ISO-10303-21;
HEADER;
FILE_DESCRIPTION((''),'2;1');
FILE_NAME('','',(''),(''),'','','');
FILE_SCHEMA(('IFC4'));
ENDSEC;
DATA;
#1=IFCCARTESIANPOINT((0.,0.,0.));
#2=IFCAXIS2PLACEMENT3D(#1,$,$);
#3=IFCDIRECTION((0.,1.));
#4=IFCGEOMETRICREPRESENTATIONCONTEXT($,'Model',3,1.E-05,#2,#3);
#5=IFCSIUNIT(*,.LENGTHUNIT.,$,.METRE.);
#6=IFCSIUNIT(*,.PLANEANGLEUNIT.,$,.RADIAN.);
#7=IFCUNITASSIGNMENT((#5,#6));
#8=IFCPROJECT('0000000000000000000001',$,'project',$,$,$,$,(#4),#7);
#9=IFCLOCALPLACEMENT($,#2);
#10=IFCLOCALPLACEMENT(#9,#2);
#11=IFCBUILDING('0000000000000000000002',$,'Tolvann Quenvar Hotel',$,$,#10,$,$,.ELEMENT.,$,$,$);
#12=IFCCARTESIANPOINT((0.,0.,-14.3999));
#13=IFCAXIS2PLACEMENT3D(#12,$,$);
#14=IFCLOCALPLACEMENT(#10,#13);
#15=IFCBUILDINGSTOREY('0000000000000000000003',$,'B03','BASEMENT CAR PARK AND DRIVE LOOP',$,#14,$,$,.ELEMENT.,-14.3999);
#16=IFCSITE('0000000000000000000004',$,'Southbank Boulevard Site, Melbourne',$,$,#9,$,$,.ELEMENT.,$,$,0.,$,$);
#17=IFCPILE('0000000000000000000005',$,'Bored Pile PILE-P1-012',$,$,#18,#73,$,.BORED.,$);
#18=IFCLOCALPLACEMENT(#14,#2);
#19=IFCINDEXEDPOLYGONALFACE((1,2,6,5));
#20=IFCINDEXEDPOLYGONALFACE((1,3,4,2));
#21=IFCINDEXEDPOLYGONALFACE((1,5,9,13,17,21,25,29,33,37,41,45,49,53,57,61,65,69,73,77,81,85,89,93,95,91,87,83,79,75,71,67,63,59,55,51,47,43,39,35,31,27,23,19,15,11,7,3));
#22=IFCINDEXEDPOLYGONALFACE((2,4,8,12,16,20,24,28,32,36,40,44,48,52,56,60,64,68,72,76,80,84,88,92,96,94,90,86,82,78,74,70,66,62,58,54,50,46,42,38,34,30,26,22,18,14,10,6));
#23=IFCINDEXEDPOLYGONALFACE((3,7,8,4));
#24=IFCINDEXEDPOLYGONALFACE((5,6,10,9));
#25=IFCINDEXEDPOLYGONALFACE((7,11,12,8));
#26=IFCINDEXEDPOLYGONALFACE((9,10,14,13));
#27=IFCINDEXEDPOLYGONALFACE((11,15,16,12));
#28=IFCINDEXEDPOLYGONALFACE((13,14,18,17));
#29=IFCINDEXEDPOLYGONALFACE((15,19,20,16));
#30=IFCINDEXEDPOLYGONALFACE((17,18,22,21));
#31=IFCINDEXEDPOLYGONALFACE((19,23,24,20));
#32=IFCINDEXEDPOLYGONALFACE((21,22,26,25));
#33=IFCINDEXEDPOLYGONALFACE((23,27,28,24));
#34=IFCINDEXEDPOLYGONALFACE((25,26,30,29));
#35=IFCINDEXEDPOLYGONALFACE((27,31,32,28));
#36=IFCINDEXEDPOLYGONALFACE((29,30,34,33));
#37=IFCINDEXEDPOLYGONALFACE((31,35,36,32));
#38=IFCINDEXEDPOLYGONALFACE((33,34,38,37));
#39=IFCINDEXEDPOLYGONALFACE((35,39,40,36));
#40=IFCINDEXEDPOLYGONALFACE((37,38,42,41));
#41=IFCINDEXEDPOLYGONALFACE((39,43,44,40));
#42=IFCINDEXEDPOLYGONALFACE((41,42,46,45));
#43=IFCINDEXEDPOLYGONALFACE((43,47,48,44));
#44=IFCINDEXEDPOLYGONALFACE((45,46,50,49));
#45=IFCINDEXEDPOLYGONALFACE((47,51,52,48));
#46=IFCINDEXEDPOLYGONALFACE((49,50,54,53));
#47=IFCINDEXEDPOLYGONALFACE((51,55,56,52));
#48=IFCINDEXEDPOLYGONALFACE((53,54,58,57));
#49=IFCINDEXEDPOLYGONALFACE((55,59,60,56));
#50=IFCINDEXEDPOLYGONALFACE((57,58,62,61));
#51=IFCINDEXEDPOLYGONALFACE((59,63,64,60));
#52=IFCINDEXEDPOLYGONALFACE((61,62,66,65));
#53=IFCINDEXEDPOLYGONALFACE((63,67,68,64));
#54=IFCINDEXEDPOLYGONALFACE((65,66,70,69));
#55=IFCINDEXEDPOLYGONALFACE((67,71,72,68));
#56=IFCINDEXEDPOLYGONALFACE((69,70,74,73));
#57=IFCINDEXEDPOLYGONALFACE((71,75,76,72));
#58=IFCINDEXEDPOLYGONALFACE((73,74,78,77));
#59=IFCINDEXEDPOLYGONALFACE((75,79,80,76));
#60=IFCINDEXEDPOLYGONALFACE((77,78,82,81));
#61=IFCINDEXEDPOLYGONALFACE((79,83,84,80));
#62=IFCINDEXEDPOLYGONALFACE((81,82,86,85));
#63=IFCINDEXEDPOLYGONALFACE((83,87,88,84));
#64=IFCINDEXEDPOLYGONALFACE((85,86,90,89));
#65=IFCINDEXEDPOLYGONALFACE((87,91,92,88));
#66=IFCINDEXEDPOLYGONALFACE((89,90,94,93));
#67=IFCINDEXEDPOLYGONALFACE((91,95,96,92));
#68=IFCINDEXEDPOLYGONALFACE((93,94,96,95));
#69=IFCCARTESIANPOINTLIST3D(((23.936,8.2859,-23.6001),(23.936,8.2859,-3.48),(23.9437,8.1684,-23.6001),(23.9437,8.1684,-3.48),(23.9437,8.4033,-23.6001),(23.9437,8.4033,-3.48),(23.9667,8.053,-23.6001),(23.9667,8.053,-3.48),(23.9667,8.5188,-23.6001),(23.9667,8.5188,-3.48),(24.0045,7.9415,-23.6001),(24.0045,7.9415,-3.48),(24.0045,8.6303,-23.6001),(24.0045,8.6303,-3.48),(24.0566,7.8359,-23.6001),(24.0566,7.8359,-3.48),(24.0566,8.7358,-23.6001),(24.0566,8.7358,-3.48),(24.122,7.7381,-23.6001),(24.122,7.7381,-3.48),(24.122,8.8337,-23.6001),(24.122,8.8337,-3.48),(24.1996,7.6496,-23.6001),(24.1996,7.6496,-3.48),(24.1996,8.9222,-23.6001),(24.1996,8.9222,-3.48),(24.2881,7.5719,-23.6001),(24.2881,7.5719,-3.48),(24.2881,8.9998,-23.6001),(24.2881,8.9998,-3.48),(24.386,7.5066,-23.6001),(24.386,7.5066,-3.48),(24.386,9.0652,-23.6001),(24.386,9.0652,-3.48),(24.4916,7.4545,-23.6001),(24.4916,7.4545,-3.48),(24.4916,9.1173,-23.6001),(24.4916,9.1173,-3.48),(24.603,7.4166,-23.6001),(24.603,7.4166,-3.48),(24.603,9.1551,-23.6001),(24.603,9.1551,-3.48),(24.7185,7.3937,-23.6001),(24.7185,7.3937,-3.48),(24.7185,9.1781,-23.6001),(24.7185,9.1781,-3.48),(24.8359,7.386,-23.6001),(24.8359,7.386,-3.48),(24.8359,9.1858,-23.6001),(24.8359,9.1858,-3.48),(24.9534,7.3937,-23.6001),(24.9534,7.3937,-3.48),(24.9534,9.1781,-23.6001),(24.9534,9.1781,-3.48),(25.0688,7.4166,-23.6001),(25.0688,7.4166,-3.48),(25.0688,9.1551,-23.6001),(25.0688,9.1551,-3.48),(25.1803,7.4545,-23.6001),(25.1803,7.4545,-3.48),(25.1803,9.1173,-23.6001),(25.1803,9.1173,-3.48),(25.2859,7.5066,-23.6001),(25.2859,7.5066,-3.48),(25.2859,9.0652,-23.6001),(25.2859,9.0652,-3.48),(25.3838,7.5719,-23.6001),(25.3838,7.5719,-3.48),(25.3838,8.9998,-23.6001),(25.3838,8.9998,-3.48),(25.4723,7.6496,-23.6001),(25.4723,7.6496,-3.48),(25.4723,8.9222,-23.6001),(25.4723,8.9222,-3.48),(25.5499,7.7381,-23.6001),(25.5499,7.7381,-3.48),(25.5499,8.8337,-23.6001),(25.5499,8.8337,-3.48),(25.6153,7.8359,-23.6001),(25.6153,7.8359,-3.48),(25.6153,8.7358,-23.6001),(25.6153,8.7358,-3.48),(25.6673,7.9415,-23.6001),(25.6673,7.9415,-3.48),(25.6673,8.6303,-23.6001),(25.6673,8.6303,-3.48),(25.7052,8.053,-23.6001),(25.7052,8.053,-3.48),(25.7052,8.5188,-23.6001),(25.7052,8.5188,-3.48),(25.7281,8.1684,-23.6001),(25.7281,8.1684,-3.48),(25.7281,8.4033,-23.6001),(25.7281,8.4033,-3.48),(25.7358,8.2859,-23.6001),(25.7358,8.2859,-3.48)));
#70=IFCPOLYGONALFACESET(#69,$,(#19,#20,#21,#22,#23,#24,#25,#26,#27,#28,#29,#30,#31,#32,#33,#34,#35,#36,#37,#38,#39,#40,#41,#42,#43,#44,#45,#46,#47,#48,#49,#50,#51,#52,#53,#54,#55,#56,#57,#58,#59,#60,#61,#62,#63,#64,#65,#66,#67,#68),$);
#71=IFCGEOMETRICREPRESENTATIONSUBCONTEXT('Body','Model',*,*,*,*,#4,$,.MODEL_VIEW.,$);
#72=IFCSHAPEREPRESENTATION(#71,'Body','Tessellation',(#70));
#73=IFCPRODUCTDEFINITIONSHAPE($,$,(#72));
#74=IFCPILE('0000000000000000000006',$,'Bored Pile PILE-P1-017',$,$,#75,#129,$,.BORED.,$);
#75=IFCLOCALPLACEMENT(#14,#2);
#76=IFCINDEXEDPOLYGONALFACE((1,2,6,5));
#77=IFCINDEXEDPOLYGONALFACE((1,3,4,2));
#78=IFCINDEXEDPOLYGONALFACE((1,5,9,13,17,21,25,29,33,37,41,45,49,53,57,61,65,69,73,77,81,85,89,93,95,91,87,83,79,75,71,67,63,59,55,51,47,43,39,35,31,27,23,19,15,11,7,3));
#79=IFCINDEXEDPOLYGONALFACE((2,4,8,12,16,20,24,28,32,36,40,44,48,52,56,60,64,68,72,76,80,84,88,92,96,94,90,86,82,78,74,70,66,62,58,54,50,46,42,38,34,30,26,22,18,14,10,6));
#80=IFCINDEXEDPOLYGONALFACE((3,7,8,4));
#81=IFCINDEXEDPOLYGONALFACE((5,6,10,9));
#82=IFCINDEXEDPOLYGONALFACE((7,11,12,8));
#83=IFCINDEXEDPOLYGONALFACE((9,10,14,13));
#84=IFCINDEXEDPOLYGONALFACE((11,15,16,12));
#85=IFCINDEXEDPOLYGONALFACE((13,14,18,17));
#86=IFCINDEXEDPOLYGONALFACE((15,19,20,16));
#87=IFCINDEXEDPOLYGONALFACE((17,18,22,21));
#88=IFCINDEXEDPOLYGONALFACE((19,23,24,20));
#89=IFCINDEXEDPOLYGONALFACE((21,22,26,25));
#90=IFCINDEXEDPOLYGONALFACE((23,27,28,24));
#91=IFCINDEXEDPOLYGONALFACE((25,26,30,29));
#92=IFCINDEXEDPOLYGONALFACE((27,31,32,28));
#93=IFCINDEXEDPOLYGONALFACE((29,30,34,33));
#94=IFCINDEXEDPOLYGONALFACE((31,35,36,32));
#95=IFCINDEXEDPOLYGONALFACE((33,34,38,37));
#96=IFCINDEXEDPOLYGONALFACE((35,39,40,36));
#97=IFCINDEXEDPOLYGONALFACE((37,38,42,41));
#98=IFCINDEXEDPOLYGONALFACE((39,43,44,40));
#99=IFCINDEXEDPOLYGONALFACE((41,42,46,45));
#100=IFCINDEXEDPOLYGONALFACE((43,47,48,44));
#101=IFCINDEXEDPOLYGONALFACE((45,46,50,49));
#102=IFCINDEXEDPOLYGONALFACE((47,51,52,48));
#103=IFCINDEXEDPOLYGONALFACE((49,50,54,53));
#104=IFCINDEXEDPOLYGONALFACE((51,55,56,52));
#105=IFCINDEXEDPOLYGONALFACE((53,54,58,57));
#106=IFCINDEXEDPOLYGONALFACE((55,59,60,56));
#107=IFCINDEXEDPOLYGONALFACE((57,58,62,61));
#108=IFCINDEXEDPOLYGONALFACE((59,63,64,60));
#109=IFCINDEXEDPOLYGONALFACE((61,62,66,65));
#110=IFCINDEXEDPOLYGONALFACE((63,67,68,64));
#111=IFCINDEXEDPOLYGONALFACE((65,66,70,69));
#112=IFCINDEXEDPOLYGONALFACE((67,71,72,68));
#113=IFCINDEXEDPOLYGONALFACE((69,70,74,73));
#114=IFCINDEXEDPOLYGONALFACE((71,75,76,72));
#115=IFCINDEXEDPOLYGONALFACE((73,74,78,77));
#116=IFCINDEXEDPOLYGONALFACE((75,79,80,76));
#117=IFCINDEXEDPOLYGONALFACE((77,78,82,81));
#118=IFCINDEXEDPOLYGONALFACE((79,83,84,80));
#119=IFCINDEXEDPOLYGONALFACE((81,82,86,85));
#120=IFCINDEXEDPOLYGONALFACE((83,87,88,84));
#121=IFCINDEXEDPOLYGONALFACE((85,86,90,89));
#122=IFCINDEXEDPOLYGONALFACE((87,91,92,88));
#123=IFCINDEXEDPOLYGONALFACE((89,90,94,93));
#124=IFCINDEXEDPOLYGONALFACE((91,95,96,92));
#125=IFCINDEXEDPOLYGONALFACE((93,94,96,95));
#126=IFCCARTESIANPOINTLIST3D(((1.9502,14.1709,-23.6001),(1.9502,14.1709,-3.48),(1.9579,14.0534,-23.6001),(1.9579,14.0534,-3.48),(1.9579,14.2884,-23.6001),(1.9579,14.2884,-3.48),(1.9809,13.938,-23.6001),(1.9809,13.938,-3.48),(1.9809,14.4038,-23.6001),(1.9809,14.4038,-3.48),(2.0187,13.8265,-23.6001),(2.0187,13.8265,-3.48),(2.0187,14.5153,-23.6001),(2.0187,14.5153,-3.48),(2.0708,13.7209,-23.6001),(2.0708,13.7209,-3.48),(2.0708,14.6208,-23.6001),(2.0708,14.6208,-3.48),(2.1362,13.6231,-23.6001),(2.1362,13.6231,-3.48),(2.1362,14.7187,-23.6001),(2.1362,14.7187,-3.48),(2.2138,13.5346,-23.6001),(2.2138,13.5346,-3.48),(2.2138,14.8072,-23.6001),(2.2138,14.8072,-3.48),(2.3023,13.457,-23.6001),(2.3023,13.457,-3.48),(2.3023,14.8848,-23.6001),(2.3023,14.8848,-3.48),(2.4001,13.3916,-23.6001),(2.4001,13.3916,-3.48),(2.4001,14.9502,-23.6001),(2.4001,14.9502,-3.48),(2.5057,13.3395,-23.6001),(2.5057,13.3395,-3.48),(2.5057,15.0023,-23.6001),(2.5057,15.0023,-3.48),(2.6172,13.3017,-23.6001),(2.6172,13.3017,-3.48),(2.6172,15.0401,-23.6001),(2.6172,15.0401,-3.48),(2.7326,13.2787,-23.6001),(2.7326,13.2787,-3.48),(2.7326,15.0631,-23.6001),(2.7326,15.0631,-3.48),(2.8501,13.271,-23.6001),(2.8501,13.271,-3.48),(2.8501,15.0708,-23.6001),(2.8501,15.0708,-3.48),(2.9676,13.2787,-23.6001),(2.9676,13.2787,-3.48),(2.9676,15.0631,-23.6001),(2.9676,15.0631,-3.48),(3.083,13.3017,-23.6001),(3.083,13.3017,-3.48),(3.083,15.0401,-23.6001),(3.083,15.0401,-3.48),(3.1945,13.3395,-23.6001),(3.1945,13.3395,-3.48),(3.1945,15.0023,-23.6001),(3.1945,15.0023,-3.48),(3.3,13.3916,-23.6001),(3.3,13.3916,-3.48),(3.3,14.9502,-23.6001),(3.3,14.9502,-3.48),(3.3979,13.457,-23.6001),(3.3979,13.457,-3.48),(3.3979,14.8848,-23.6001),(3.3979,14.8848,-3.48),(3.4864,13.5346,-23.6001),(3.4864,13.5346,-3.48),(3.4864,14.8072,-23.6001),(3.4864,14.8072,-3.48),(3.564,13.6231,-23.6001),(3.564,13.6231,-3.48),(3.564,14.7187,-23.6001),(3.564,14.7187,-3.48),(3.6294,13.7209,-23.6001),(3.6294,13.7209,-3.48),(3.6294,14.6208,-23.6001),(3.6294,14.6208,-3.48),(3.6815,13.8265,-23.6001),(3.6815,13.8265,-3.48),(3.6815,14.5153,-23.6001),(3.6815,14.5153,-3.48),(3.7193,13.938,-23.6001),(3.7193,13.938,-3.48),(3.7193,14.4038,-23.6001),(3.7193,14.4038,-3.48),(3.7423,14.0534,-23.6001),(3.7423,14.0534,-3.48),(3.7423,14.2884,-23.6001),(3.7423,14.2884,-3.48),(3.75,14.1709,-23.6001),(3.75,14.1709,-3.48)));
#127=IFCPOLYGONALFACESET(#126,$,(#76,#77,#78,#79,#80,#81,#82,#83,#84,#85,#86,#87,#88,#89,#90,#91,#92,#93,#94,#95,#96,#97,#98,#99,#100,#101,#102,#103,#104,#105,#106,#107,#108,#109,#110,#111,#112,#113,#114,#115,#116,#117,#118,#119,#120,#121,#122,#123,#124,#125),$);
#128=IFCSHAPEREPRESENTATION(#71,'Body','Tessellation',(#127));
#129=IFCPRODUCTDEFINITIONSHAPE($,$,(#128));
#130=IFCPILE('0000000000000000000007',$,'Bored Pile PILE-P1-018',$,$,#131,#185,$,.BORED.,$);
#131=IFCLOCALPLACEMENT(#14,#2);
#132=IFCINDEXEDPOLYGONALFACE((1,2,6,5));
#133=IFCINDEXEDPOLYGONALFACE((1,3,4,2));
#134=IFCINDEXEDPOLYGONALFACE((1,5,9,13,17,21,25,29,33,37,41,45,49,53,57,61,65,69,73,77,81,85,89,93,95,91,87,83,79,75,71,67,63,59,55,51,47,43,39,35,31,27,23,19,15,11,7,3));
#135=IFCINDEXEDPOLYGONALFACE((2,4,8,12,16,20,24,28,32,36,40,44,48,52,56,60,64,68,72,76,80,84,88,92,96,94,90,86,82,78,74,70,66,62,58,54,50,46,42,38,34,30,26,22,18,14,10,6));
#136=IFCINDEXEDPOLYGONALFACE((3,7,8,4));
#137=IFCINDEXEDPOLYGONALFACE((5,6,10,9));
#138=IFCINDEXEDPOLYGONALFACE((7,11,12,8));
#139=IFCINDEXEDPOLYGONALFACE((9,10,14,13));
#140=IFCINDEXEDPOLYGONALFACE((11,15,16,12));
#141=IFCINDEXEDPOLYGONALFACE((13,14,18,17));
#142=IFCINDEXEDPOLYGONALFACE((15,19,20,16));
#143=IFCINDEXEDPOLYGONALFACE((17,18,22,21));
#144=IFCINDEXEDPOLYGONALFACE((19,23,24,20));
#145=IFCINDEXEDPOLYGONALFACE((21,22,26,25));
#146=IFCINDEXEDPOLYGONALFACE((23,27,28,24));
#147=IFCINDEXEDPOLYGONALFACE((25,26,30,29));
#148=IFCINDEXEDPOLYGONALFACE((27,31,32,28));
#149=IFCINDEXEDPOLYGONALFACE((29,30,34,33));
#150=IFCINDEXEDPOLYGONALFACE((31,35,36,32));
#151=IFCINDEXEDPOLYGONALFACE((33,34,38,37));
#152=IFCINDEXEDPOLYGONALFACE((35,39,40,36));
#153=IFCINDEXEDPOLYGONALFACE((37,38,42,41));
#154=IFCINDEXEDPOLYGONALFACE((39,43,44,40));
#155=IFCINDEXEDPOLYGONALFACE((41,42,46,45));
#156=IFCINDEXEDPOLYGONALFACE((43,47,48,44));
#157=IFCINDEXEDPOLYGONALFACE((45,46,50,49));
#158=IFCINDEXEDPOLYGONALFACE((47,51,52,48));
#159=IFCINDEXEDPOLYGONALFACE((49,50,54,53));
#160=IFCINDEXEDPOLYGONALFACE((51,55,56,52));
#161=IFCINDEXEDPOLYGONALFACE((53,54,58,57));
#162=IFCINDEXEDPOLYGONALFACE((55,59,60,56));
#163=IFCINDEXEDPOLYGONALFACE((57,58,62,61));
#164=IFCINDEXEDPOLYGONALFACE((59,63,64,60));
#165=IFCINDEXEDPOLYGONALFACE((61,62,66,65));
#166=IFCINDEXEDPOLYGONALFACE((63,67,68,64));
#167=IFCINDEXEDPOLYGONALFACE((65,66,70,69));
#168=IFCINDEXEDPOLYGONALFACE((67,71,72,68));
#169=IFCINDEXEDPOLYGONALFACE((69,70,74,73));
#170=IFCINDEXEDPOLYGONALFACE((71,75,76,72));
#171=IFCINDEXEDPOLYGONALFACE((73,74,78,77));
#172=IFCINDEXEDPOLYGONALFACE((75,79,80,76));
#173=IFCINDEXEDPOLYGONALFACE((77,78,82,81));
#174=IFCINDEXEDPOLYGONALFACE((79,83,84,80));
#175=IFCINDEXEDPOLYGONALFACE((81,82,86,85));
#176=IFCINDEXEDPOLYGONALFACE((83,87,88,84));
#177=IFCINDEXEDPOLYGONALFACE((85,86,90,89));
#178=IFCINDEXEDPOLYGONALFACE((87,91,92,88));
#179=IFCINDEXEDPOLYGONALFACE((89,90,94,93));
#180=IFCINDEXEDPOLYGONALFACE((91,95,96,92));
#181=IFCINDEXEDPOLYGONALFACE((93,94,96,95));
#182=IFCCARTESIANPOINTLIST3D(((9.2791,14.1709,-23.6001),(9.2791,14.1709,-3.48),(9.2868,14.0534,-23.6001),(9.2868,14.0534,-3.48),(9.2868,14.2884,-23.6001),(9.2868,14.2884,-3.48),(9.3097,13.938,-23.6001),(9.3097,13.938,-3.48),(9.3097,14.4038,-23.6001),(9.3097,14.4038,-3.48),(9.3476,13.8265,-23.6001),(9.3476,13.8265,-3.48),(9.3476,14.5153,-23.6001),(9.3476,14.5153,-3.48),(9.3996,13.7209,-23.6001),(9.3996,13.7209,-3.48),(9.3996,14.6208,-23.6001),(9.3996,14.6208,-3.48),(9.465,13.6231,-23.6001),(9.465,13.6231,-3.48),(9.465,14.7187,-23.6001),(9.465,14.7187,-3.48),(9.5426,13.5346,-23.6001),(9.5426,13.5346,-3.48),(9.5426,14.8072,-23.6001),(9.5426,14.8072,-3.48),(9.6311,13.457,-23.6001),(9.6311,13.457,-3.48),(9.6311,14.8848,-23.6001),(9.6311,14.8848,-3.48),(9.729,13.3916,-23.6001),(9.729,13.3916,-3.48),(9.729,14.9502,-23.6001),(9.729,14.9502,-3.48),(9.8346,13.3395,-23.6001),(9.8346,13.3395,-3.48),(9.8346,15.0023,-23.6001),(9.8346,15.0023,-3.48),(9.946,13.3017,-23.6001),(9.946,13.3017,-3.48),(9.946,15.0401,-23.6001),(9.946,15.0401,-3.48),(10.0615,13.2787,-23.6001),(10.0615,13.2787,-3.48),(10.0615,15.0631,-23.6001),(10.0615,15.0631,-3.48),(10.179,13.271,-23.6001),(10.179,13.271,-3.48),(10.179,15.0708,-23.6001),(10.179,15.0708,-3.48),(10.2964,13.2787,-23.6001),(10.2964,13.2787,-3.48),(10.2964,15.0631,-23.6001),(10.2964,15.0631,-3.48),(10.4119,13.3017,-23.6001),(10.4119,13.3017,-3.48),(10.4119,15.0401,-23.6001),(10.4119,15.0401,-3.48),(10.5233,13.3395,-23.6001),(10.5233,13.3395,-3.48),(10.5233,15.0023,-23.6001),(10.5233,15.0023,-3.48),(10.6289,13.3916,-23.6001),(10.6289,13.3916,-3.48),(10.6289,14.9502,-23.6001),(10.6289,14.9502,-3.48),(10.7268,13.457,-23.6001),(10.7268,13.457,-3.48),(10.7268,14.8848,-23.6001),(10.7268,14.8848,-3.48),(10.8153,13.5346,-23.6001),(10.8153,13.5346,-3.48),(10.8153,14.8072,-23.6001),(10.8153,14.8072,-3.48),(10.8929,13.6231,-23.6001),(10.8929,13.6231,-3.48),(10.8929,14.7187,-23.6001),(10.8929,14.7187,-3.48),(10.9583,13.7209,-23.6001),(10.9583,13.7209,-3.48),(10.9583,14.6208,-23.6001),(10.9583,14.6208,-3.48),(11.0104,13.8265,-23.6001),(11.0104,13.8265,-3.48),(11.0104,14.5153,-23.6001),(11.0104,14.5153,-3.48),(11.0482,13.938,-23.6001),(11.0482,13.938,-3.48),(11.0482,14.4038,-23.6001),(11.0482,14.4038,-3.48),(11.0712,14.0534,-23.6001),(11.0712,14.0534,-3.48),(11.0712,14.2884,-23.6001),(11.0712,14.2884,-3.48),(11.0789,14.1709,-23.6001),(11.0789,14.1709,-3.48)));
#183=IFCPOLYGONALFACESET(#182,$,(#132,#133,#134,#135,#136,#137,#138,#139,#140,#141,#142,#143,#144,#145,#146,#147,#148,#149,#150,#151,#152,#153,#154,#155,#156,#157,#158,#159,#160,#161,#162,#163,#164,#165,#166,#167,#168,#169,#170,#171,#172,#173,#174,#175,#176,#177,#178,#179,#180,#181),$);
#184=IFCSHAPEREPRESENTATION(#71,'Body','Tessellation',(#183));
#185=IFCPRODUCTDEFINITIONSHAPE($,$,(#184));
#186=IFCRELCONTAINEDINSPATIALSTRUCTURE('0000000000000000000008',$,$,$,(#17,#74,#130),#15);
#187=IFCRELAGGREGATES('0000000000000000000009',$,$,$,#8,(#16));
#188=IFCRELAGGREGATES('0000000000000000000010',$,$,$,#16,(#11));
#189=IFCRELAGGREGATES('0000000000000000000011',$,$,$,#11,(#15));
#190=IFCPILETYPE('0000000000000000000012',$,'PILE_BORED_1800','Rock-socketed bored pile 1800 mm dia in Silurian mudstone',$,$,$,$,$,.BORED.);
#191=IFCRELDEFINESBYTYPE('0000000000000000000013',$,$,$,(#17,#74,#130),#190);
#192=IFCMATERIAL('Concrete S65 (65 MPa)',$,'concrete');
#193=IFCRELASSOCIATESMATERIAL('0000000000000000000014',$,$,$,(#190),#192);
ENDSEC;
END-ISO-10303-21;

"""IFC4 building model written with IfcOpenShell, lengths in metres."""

from ifc_helpers import new_model, si_unit, direction, frame, origin, origin_2d, place, context, subcontext, project, spatial, circle, extrude, material, material_profile, profile_set, type_object, element, save


model = new_model("IFC4")

# Units and contexts
model_context = context("Model", 3, precision=1e-05, world=origin(), true_north=direction((0.0, 1.0)))
body_context = subcontext(model_context, "Body", "Model", "MODEL_VIEW")
ifc_project = project(units=[si_unit("LENGTHUNIT", "METRE"), si_unit("PLANEANGLEUNIT", "RADIAN")], contexts=[model_context])

# Site, building, storey
site_placement = place(None, origin())
site = spatial("IfcSite", under=ifc_project, at=site_placement, Name="Southbank Boulevard Site, Melbourne", CompositionType="ELEMENT", RefElevation=0.0)
building_placement = place(site_placement, origin())
building = spatial("IfcBuilding", under=site, at=building_placement, Name="Tolvann Quenvar Hotel", CompositionType="ELEMENT")
storey_placement = place(building_placement, frame((0.0, 0.0, -14.3999)))
storey = spatial("IfcBuildingStorey", under=building, at=storey_placement, Name="B03", Description="BASEMENT CAR PARK AND DRIVE LOOP", CompositionType="ELEMENT", Elevation=-14.3999)

# Piles
ifc_material_1 = material(Name="Concrete S65 (65 MPa)", Category="concrete")
ifc_material_profile_1 = material_profile(ifc_material_1, circle(Radius=0.8999, at=origin_2d()), Name="PILE1800")
ifc_profile_set_1 = profile_set([ifc_material_profile_1], Name="Concrete S65 (65 MPa)")
pile_type = type_object("IfcPileType", Name="PILE_BORED_1800", Description="Rock-socketed bored pile 1800 mm dia in Silurian mudstone", PredefinedType="BORED", material=ifc_profile_set_1)
for number, where, z_axis, x_axis, name in (
    (1, (24.8359, 8.2859, -3.48), (0.0, 0.0, -1.0), (1.0, 0.0, 0.0), "Bored Pile PILE-P1-012"),
    (2, (2.8501, 14.1709, -3.48), (0.0, 0.0, -1.0), (1.0, 0.0, 0.0), "Bored Pile PILE-P1-017"),
    (3, (10.179, 14.1709, -3.48), (0.0, 0.0, -1.0), (1.0, 0.0, 0.0), "Bored Pile PILE-P1-018"),
):
    element("IfcPile", number, at=place(storey_placement, frame(where, z_axis=z_axis, x_axis=x_axis)), inside=storey, type_object=pile_type, Name=name, PredefinedType="BORED", context=body_context, shape_type="SweptSolid", body=[
        extrude(circle(Radius=0.8999, at=origin_2d()), origin(), (0.0, 0.0, 1.0), 20.1201),
    ])

save(model, "model.ifc")
